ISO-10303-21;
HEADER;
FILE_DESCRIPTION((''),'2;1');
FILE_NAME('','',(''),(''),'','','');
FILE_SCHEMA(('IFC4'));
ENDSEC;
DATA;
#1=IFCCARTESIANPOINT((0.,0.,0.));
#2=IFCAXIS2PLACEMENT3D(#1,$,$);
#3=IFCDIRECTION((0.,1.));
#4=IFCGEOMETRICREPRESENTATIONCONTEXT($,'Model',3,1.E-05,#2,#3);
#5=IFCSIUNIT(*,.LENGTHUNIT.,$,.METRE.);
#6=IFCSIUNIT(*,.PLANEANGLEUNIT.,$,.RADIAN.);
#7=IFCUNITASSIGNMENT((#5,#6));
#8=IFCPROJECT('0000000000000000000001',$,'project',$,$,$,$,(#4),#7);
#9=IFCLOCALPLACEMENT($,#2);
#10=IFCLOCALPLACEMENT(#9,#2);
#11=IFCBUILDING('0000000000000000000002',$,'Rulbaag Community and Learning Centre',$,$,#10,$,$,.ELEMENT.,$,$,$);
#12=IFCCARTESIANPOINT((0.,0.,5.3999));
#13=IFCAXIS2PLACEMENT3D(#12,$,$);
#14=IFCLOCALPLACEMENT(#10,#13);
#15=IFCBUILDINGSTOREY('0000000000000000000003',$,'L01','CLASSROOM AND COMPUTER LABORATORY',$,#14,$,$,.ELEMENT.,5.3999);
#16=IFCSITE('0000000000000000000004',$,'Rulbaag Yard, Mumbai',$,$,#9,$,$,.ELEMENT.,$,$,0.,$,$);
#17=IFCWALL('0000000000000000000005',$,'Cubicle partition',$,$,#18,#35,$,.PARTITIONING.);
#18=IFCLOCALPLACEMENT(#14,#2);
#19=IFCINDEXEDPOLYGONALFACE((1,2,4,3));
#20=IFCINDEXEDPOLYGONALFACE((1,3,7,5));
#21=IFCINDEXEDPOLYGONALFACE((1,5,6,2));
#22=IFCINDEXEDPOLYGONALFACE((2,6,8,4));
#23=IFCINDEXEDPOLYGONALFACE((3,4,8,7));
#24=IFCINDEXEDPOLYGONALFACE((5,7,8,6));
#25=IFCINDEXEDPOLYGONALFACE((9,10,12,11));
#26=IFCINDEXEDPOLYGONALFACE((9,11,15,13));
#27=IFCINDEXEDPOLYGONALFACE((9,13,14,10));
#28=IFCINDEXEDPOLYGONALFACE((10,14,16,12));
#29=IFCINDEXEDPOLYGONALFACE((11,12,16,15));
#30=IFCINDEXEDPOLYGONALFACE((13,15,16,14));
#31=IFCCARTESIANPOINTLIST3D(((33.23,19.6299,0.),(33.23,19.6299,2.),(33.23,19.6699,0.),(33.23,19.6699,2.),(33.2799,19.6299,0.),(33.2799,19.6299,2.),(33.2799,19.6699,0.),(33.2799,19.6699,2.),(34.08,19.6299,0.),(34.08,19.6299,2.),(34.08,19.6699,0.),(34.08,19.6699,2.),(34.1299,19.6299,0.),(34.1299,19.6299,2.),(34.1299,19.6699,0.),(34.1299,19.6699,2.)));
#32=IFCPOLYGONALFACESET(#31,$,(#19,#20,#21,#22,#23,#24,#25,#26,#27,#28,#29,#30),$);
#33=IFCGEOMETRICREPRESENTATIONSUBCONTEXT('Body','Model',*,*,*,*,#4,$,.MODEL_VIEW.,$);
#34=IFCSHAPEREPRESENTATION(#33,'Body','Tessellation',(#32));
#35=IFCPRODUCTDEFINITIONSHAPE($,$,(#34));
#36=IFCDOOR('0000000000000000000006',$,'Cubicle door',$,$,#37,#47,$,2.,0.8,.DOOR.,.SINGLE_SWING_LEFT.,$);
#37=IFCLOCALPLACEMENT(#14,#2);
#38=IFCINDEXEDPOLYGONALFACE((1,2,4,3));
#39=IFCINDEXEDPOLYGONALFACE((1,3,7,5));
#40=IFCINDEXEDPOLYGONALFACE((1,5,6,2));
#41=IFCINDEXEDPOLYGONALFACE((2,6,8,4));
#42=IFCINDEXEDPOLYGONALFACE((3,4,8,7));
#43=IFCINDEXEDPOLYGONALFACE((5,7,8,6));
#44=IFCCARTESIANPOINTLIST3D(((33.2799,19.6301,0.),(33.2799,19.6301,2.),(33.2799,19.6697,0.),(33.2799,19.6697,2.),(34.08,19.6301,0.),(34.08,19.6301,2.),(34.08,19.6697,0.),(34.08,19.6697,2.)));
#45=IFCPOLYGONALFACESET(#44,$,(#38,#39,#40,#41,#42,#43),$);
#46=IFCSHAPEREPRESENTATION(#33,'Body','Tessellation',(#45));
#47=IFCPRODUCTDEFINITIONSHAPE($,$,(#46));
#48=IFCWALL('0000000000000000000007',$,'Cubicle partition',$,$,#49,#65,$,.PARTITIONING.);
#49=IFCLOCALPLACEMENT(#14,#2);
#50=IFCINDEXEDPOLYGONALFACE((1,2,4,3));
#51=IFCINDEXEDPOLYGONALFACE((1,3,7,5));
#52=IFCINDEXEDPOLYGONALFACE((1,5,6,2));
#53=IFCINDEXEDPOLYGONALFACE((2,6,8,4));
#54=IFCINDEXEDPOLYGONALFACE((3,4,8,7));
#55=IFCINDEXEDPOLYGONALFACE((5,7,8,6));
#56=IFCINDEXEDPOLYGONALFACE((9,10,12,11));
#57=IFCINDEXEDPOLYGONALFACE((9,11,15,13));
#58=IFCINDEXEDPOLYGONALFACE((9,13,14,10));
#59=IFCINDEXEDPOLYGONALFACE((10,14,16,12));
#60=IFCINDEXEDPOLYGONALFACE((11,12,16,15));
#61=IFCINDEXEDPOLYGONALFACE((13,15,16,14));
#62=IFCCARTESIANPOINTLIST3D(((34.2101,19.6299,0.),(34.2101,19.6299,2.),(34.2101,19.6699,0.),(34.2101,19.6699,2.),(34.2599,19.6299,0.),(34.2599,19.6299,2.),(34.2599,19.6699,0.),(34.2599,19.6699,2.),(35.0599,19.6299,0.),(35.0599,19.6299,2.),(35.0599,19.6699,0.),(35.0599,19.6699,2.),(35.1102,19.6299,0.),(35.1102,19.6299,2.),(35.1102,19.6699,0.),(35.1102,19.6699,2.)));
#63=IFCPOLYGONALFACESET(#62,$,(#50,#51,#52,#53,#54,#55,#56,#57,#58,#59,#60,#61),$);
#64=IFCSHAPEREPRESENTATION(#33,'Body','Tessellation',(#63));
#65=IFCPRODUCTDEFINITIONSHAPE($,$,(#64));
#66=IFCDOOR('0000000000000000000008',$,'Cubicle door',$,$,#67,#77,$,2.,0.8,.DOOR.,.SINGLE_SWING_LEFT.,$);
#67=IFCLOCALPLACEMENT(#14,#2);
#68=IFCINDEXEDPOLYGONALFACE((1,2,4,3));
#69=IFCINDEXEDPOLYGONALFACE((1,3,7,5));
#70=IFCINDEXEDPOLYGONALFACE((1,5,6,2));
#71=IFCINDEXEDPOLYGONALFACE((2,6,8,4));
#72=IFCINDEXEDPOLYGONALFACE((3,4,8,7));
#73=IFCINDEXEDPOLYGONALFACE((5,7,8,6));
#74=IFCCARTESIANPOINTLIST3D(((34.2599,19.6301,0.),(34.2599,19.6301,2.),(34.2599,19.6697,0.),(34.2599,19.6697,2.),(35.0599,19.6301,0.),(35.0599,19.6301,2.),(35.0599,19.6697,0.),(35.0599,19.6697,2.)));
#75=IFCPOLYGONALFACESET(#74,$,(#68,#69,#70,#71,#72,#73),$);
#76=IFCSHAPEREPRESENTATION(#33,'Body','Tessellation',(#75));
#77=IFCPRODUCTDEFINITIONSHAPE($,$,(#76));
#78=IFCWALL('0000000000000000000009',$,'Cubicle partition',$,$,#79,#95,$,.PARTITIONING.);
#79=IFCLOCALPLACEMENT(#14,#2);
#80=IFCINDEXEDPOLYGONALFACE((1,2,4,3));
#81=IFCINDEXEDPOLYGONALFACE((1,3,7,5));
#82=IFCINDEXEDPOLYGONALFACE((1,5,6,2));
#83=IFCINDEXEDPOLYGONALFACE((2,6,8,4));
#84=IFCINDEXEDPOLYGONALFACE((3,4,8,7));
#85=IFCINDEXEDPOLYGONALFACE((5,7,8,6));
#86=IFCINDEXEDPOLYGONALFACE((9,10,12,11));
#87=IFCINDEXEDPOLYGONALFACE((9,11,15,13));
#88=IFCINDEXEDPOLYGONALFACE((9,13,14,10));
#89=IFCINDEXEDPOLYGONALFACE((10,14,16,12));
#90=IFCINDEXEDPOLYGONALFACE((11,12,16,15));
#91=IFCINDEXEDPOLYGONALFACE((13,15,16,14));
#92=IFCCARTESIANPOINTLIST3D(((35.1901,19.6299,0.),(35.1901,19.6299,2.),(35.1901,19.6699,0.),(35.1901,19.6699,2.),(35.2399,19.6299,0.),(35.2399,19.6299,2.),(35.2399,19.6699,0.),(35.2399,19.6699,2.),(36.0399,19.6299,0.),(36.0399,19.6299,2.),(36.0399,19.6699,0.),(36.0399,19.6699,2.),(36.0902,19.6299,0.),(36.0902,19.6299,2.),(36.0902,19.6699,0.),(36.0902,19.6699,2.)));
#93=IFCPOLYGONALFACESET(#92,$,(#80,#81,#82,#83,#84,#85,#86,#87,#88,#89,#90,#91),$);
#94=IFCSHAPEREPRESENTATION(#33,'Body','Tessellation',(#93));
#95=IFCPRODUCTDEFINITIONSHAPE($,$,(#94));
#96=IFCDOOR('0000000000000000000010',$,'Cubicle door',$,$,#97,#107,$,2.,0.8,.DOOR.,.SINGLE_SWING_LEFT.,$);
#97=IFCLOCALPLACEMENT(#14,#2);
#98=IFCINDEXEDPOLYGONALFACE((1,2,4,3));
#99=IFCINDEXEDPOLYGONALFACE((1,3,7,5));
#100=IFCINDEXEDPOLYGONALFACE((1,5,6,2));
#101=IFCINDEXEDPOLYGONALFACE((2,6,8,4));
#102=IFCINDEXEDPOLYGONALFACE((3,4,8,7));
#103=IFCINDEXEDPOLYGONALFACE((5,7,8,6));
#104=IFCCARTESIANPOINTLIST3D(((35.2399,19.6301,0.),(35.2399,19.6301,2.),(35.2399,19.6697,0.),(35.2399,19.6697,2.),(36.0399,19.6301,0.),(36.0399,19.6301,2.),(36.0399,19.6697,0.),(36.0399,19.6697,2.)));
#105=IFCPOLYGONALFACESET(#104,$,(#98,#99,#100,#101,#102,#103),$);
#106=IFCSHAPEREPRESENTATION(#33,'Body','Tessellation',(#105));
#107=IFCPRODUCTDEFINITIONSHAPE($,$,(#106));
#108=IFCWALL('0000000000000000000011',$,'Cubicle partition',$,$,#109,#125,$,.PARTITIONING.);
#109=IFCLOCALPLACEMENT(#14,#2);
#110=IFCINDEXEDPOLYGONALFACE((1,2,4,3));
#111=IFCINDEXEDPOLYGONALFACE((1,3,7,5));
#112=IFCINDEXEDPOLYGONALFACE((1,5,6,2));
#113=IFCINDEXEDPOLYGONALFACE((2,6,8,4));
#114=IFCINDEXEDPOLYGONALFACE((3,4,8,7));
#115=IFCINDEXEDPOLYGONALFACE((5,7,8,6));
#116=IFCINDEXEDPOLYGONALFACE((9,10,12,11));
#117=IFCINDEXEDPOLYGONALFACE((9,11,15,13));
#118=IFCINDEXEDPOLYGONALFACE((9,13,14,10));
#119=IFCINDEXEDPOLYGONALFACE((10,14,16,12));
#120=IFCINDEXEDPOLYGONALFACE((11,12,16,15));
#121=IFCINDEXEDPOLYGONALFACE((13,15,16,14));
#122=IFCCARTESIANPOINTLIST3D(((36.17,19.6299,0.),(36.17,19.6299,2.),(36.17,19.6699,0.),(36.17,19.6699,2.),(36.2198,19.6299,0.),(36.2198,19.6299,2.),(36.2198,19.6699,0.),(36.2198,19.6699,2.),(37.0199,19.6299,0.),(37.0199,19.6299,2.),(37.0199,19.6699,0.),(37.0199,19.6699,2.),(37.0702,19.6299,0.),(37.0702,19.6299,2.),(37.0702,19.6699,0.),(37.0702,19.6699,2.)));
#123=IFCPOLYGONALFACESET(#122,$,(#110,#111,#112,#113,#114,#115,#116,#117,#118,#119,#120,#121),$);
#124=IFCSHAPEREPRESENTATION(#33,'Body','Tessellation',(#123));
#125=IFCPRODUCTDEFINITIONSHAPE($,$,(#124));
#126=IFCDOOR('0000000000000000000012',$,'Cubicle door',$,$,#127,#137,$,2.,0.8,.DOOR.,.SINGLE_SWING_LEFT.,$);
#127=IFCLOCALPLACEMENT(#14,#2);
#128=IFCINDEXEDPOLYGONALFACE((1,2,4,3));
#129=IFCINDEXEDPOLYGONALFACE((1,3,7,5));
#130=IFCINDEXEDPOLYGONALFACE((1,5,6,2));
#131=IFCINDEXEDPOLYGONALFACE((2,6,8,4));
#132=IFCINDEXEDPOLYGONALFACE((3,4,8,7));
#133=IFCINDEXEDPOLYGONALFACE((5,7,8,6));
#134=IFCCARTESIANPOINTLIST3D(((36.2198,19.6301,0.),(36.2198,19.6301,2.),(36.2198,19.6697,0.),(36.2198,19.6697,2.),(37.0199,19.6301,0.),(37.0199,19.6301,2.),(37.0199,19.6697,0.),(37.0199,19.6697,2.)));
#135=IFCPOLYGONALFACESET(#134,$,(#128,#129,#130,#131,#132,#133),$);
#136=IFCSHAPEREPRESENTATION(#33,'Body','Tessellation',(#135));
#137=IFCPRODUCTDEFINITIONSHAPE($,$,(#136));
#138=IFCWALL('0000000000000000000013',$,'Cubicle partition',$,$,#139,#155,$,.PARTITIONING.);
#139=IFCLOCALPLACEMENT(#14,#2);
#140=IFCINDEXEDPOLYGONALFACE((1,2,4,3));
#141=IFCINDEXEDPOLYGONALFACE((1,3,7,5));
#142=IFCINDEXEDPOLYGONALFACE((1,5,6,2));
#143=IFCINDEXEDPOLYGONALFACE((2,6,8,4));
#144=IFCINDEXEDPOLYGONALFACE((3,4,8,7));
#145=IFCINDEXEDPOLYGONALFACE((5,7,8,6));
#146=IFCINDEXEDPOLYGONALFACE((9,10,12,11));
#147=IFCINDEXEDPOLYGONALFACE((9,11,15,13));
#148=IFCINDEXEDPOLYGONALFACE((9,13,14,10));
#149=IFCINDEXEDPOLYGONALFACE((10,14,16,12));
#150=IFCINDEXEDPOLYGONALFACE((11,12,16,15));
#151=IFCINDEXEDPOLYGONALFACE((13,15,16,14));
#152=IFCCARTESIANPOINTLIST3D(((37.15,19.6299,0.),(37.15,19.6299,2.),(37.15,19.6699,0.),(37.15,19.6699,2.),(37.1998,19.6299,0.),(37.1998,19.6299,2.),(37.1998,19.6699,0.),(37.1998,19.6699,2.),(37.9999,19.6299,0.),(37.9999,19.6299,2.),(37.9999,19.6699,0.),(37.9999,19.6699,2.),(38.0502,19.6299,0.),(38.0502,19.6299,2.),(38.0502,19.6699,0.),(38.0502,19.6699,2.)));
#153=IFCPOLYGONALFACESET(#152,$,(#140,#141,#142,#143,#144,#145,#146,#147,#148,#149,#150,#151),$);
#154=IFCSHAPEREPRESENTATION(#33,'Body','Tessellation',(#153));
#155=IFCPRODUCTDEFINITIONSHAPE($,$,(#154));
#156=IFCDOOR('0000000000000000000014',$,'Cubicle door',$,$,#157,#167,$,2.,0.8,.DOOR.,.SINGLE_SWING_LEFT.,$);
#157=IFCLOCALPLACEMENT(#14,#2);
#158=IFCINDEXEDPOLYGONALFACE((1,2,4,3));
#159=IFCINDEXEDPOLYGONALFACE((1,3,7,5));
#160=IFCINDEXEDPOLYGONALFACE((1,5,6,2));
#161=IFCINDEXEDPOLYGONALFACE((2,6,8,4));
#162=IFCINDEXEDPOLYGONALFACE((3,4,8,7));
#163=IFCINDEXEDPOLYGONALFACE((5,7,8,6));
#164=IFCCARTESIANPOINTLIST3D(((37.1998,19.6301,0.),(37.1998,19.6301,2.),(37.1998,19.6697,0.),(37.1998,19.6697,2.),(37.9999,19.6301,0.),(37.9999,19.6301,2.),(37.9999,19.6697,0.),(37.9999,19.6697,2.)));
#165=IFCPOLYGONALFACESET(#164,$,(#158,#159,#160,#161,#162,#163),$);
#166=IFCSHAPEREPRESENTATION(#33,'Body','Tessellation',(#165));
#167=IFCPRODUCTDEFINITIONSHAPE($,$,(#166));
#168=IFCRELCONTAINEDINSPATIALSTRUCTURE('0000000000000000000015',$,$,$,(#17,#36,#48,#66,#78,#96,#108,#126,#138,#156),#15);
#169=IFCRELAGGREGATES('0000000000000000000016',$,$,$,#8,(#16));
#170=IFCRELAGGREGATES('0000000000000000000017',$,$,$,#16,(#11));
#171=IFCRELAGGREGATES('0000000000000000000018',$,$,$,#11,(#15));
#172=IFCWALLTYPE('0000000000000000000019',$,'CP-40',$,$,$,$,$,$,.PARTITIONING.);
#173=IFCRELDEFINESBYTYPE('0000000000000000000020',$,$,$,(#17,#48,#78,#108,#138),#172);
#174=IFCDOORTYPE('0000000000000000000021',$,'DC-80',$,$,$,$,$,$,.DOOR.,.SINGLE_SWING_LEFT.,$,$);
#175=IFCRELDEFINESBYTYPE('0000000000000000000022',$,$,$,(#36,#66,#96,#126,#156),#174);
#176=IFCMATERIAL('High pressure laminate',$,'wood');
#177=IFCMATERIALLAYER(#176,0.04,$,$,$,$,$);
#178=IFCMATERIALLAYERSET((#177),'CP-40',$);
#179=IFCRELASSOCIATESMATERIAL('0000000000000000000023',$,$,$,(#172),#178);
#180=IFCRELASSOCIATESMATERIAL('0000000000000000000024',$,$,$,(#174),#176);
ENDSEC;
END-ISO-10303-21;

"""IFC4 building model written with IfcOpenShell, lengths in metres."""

from ifc_helpers import new_model, si_unit, direction, frame, frame_2d, origin, place, context, subcontext, project, spatial, rectangle, extrude, material, layer, layer_set, type_object, element, fill, save


model = new_model("IFC4")

# Units and contexts
model_context = context("Model", 3, precision=1e-05, world=origin(), true_north=direction((0.0, 1.0)))
body_context = subcontext(model_context, "Body", "Model", "MODEL_VIEW")
ifc_project = project(units=[si_unit("LENGTHUNIT", "METRE"), si_unit("PLANEANGLEUNIT", "RADIAN")], contexts=[model_context])

# Site, building, storey
site_placement = place(None, origin())
site = spatial("IfcSite", under=ifc_project, at=site_placement, Name="Rulbaag Yard, Mumbai", CompositionType="ELEMENT", RefElevation=0.0)
building_placement = place(site_placement, origin())
building = spatial("IfcBuilding", under=site, at=building_placement, Name="Rulbaag Community and Learning Centre", CompositionType="ELEMENT")
storey_placement = place(building_placement, frame((0.0, 0.0, 5.3999)))
storey = spatial("IfcBuildingStorey", under=building, at=storey_placement, Name="L01", Description="CLASSROOM AND COMPUTER LABORATORY", CompositionType="ELEMENT", Elevation=5.3999)

# Walls, openings, doors
ifc_material_1 = material(Name="High pressure laminate", Category="wood")
ifc_layer_1 = layer(ifc_material_1, 0.04)
ifc_layer_set_1 = layer_set([ifc_layer_1], Name="CP-40")
wall_type_1 = type_object("IfcWallType", Name="CP-40", PredefinedType="PARTITIONING", material=ifc_layer_set_1)
wall_1_placement = place(storey_placement, frame((33.23, 19.6499, 0.0), z_axis=(0.0, 0.0, 1.0), x_axis=(1.0, 0.0, 0.0)))
wall_1 = element("IfcWall", 1, at=wall_1_placement, inside=storey, type_object=wall_type_1, Name="Cubicle partition", PredefinedType="PARTITIONING", context=body_context, shape_type="SweptSolid", body=[
    extrude(rectangle(XDim=0.8999, YDim=0.04, at=frame_2d((0.45, 0.0))), origin(), (0.0, 0.0, 1.0), 2.0),
])
opening_1_placement = place(wall_1_placement, frame((0.05, 0.0, 0.0)))
opening_1 = element("IfcOpeningElement", 2, at=opening_1_placement, cuts=wall_1, PredefinedType="OPENING", context=body_context, shape_type="SweptSolid", body=[
    extrude(rectangle(XDim=0.8, YDim=2.0, at=frame_2d((0.3999, 1.0))), frame((0.0, 0.03, 0.0), z_axis=(0.0, -1.0, 0.0), x_axis=(1.0, 0.0, 0.0)), (0.0, 0.0, 1.0), 0.0601),
])
door_type = type_object("IfcDoorType", Name="DC-80", OperationType="SINGLE_SWING_LEFT", PredefinedType="DOOR", material=ifc_material_1)
door_1_placement = place(opening_1_placement, origin())
door_1 = element("IfcDoor", 3, at=door_1_placement, inside=storey, type_object=door_type, Name="Cubicle door", OperationType="SINGLE_SWING_LEFT", OverallHeight=2.0, OverallWidth=0.8, PredefinedType="DOOR", context=body_context, shape_type="SweptSolid", body=[
    extrude(rectangle(XDim=0.8, YDim=2.0, at=frame_2d((0.3999, 1.0))), frame((0.0, 0.0198, 0.0), z_axis=(0.0, -1.0, 0.0), x_axis=(1.0, 0.0, 0.0)), (0.0, 0.0, 1.0), 0.0396),
])
fill(opening_1, door_1)
wall_2_placement = place(storey_placement, frame((34.21, 19.6499, 0.0), z_axis=(0.0, 0.0, 1.0), x_axis=(1.0, 0.0, 0.0)))
wall_2 = element("IfcWall", 4, at=wall_2_placement, inside=storey, type_object=wall_type_1, Name="Cubicle partition", PredefinedType="PARTITIONING", context=body_context, shape_type="SweptSolid", body=[
    extrude(rectangle(XDim=0.9001, YDim=0.04, at=frame_2d((0.4502, 0.0))), origin(), (0.0, 0.0, 1.0), 2.0),
])
opening_2_placement = place(wall_2_placement, frame((0.05, 0.0, 0.0)))
opening_2 = element("IfcOpeningElement", 5, at=opening_2_placement, cuts=wall_2, PredefinedType="OPENING", context=body_context, shape_type="SweptSolid", body=[
    extrude(rectangle(XDim=0.8, YDim=2.0, at=frame_2d((0.3999, 1.0))), frame((0.0, 0.03, 0.0), z_axis=(0.0, -1.0, 0.0), x_axis=(1.0, 0.0, 0.0)), (0.0, 0.0, 1.0), 0.0601),
])
door_2_placement = place(opening_2_placement, origin())
door_2 = element("IfcDoor", 6, at=door_2_placement, inside=storey, type_object=door_type, Name="Cubicle door", OperationType="SINGLE_SWING_LEFT", OverallHeight=2.0, OverallWidth=0.8, PredefinedType="DOOR", context=body_context, shape_type="SweptSolid", body=[
    extrude(rectangle(XDim=0.8, YDim=2.0, at=frame_2d((0.3999, 1.0))), frame((0.0, 0.0198, 0.0), z_axis=(0.0, -1.0, 0.0), x_axis=(1.0, 0.0, 0.0)), (0.0, 0.0, 1.0), 0.0396),
])
fill(opening_2, door_2)
wall_3_placement = place(storey_placement, frame((35.1899, 19.6499, 0.0), z_axis=(0.0, 0.0, 1.0), x_axis=(1.0, 0.0, 0.0)))
wall_3 = element("IfcWall", 7, at=wall_3_placement, inside=storey, type_object=wall_type_1, Name="Cubicle partition", PredefinedType="PARTITIONING", context=body_context, shape_type="SweptSolid", body=[
    extrude(rectangle(XDim=0.9001, YDim=0.04, at=frame_2d((0.4502, 0.0))), origin(), (0.0, 0.0, 1.0), 2.0),
])
opening_3_placement = place(wall_3_placement, frame((0.05, 0.0, 0.0)))
opening_3 = element("IfcOpeningElement", 8, at=opening_3_placement, cuts=wall_3, PredefinedType="OPENING", context=body_context, shape_type="SweptSolid", body=[
    extrude(rectangle(XDim=0.8, YDim=2.0, at=frame_2d((0.3999, 1.0))), frame((0.0, 0.03, 0.0), z_axis=(0.0, -1.0, 0.0), x_axis=(1.0, 0.0, 0.0)), (0.0, 0.0, 1.0), 0.0601),
])
door_3_placement = place(opening_3_placement, origin())
door_3 = element("IfcDoor", 9, at=door_3_placement, inside=storey, type_object=door_type, Name="Cubicle door", OperationType="SINGLE_SWING_LEFT", OverallHeight=2.0, OverallWidth=0.8, PredefinedType="DOOR", context=body_context, shape_type="SweptSolid", body=[
    extrude(rectangle(XDim=0.8, YDim=2.0, at=frame_2d((0.3999, 1.0))), frame((0.0, 0.0198, 0.0), z_axis=(0.0, -1.0, 0.0), x_axis=(1.0, 0.0, 0.0)), (0.0, 0.0, 1.0), 0.0396),
])
fill(opening_3, door_3)
wall_4_placement = place(storey_placement, frame((36.1699, 19.6499, 0.0), z_axis=(0.0, 0.0, 1.0), x_axis=(1.0, 0.0, 0.0)))
wall_4 = element("IfcWall", 10, at=wall_4_placement, inside=storey, type_object=wall_type_1, Name="Cubicle partition", PredefinedType="PARTITIONING", context=body_context, shape_type="SweptSolid", body=[
    extrude(rectangle(XDim=0.9001, YDim=0.04, at=frame_2d((0.4502, 0.0))), origin(), (0.0, 0.0, 1.0), 2.0),
])
opening_4_placement = place(wall_4_placement, frame((0.05, 0.0, 0.0)))
opening_4 = element("IfcOpeningElement", 11, at=opening_4_placement, cuts=wall_4, PredefinedType="OPENING", context=body_context, shape_type="SweptSolid", body=[
    extrude(rectangle(XDim=0.8, YDim=2.0, at=frame_2d((0.3999, 1.0))), frame((0.0, 0.03, 0.0), z_axis=(0.0, -1.0, 0.0), x_axis=(1.0, 0.0, 0.0)), (0.0, 0.0, 1.0), 0.0601),
])
door_4_placement = place(opening_4_placement, origin())
door_4 = element("IfcDoor", 12, at=door_4_placement, inside=storey, type_object=door_type, Name="Cubicle door", OperationType="SINGLE_SWING_LEFT", OverallHeight=2.0, OverallWidth=0.8, PredefinedType="DOOR", context=body_context, shape_type="SweptSolid", body=[
    extrude(rectangle(XDim=0.8, YDim=2.0, at=frame_2d((0.3999, 1.0))), frame((0.0, 0.0198, 0.0), z_axis=(0.0, -1.0, 0.0), x_axis=(1.0, 0.0, 0.0)), (0.0, 0.0, 1.0), 0.0396),
])
fill(opening_4, door_4)
wall_5_placement = place(storey_placement, frame((37.1499, 19.6499, 0.0), z_axis=(0.0, 0.0, 1.0), x_axis=(1.0, 0.0, 0.0)))
wall_5 = element("IfcWall", 13, at=wall_5_placement, inside=storey, type_object=wall_type_1, Name="Cubicle partition", PredefinedType="PARTITIONING", context=body_context, shape_type="SweptSolid", body=[
    extrude(rectangle(XDim=0.9001, YDim=0.04, at=frame_2d((0.4502, 0.0))), origin(), (0.0, 0.0, 1.0), 2.0),
])
opening_5_placement = place(wall_5_placement, frame((0.05, 0.0, 0.0)))
opening_5 = element("IfcOpeningElement", 14, at=opening_5_placement, cuts=wall_5, PredefinedType="OPENING", context=body_context, shape_type="SweptSolid", body=[
    extrude(rectangle(XDim=0.8, YDim=2.0, at=frame_2d((0.3999, 1.0))), frame((0.0, 0.03, 0.0), z_axis=(0.0, -1.0, 0.0), x_axis=(1.0, 0.0, 0.0)), (0.0, 0.0, 1.0), 0.0601),
])
door_5_placement = place(opening_5_placement, origin())
door_5 = element("IfcDoor", 15, at=door_5_placement, inside=storey, type_object=door_type, Name="Cubicle door", OperationType="SINGLE_SWING_LEFT", OverallHeight=2.0, OverallWidth=0.8, PredefinedType="DOOR", context=body_context, shape_type="SweptSolid", body=[
    extrude(rectangle(XDim=0.8, YDim=2.0, at=frame_2d((0.3999, 1.0))), frame((0.0, 0.0198, 0.0), z_axis=(0.0, -1.0, 0.0), x_axis=(1.0, 0.0, 0.0)), (0.0, 0.0, 1.0), 0.0396),
])
fill(opening_5, door_5)

save(model, "model.ifc")
